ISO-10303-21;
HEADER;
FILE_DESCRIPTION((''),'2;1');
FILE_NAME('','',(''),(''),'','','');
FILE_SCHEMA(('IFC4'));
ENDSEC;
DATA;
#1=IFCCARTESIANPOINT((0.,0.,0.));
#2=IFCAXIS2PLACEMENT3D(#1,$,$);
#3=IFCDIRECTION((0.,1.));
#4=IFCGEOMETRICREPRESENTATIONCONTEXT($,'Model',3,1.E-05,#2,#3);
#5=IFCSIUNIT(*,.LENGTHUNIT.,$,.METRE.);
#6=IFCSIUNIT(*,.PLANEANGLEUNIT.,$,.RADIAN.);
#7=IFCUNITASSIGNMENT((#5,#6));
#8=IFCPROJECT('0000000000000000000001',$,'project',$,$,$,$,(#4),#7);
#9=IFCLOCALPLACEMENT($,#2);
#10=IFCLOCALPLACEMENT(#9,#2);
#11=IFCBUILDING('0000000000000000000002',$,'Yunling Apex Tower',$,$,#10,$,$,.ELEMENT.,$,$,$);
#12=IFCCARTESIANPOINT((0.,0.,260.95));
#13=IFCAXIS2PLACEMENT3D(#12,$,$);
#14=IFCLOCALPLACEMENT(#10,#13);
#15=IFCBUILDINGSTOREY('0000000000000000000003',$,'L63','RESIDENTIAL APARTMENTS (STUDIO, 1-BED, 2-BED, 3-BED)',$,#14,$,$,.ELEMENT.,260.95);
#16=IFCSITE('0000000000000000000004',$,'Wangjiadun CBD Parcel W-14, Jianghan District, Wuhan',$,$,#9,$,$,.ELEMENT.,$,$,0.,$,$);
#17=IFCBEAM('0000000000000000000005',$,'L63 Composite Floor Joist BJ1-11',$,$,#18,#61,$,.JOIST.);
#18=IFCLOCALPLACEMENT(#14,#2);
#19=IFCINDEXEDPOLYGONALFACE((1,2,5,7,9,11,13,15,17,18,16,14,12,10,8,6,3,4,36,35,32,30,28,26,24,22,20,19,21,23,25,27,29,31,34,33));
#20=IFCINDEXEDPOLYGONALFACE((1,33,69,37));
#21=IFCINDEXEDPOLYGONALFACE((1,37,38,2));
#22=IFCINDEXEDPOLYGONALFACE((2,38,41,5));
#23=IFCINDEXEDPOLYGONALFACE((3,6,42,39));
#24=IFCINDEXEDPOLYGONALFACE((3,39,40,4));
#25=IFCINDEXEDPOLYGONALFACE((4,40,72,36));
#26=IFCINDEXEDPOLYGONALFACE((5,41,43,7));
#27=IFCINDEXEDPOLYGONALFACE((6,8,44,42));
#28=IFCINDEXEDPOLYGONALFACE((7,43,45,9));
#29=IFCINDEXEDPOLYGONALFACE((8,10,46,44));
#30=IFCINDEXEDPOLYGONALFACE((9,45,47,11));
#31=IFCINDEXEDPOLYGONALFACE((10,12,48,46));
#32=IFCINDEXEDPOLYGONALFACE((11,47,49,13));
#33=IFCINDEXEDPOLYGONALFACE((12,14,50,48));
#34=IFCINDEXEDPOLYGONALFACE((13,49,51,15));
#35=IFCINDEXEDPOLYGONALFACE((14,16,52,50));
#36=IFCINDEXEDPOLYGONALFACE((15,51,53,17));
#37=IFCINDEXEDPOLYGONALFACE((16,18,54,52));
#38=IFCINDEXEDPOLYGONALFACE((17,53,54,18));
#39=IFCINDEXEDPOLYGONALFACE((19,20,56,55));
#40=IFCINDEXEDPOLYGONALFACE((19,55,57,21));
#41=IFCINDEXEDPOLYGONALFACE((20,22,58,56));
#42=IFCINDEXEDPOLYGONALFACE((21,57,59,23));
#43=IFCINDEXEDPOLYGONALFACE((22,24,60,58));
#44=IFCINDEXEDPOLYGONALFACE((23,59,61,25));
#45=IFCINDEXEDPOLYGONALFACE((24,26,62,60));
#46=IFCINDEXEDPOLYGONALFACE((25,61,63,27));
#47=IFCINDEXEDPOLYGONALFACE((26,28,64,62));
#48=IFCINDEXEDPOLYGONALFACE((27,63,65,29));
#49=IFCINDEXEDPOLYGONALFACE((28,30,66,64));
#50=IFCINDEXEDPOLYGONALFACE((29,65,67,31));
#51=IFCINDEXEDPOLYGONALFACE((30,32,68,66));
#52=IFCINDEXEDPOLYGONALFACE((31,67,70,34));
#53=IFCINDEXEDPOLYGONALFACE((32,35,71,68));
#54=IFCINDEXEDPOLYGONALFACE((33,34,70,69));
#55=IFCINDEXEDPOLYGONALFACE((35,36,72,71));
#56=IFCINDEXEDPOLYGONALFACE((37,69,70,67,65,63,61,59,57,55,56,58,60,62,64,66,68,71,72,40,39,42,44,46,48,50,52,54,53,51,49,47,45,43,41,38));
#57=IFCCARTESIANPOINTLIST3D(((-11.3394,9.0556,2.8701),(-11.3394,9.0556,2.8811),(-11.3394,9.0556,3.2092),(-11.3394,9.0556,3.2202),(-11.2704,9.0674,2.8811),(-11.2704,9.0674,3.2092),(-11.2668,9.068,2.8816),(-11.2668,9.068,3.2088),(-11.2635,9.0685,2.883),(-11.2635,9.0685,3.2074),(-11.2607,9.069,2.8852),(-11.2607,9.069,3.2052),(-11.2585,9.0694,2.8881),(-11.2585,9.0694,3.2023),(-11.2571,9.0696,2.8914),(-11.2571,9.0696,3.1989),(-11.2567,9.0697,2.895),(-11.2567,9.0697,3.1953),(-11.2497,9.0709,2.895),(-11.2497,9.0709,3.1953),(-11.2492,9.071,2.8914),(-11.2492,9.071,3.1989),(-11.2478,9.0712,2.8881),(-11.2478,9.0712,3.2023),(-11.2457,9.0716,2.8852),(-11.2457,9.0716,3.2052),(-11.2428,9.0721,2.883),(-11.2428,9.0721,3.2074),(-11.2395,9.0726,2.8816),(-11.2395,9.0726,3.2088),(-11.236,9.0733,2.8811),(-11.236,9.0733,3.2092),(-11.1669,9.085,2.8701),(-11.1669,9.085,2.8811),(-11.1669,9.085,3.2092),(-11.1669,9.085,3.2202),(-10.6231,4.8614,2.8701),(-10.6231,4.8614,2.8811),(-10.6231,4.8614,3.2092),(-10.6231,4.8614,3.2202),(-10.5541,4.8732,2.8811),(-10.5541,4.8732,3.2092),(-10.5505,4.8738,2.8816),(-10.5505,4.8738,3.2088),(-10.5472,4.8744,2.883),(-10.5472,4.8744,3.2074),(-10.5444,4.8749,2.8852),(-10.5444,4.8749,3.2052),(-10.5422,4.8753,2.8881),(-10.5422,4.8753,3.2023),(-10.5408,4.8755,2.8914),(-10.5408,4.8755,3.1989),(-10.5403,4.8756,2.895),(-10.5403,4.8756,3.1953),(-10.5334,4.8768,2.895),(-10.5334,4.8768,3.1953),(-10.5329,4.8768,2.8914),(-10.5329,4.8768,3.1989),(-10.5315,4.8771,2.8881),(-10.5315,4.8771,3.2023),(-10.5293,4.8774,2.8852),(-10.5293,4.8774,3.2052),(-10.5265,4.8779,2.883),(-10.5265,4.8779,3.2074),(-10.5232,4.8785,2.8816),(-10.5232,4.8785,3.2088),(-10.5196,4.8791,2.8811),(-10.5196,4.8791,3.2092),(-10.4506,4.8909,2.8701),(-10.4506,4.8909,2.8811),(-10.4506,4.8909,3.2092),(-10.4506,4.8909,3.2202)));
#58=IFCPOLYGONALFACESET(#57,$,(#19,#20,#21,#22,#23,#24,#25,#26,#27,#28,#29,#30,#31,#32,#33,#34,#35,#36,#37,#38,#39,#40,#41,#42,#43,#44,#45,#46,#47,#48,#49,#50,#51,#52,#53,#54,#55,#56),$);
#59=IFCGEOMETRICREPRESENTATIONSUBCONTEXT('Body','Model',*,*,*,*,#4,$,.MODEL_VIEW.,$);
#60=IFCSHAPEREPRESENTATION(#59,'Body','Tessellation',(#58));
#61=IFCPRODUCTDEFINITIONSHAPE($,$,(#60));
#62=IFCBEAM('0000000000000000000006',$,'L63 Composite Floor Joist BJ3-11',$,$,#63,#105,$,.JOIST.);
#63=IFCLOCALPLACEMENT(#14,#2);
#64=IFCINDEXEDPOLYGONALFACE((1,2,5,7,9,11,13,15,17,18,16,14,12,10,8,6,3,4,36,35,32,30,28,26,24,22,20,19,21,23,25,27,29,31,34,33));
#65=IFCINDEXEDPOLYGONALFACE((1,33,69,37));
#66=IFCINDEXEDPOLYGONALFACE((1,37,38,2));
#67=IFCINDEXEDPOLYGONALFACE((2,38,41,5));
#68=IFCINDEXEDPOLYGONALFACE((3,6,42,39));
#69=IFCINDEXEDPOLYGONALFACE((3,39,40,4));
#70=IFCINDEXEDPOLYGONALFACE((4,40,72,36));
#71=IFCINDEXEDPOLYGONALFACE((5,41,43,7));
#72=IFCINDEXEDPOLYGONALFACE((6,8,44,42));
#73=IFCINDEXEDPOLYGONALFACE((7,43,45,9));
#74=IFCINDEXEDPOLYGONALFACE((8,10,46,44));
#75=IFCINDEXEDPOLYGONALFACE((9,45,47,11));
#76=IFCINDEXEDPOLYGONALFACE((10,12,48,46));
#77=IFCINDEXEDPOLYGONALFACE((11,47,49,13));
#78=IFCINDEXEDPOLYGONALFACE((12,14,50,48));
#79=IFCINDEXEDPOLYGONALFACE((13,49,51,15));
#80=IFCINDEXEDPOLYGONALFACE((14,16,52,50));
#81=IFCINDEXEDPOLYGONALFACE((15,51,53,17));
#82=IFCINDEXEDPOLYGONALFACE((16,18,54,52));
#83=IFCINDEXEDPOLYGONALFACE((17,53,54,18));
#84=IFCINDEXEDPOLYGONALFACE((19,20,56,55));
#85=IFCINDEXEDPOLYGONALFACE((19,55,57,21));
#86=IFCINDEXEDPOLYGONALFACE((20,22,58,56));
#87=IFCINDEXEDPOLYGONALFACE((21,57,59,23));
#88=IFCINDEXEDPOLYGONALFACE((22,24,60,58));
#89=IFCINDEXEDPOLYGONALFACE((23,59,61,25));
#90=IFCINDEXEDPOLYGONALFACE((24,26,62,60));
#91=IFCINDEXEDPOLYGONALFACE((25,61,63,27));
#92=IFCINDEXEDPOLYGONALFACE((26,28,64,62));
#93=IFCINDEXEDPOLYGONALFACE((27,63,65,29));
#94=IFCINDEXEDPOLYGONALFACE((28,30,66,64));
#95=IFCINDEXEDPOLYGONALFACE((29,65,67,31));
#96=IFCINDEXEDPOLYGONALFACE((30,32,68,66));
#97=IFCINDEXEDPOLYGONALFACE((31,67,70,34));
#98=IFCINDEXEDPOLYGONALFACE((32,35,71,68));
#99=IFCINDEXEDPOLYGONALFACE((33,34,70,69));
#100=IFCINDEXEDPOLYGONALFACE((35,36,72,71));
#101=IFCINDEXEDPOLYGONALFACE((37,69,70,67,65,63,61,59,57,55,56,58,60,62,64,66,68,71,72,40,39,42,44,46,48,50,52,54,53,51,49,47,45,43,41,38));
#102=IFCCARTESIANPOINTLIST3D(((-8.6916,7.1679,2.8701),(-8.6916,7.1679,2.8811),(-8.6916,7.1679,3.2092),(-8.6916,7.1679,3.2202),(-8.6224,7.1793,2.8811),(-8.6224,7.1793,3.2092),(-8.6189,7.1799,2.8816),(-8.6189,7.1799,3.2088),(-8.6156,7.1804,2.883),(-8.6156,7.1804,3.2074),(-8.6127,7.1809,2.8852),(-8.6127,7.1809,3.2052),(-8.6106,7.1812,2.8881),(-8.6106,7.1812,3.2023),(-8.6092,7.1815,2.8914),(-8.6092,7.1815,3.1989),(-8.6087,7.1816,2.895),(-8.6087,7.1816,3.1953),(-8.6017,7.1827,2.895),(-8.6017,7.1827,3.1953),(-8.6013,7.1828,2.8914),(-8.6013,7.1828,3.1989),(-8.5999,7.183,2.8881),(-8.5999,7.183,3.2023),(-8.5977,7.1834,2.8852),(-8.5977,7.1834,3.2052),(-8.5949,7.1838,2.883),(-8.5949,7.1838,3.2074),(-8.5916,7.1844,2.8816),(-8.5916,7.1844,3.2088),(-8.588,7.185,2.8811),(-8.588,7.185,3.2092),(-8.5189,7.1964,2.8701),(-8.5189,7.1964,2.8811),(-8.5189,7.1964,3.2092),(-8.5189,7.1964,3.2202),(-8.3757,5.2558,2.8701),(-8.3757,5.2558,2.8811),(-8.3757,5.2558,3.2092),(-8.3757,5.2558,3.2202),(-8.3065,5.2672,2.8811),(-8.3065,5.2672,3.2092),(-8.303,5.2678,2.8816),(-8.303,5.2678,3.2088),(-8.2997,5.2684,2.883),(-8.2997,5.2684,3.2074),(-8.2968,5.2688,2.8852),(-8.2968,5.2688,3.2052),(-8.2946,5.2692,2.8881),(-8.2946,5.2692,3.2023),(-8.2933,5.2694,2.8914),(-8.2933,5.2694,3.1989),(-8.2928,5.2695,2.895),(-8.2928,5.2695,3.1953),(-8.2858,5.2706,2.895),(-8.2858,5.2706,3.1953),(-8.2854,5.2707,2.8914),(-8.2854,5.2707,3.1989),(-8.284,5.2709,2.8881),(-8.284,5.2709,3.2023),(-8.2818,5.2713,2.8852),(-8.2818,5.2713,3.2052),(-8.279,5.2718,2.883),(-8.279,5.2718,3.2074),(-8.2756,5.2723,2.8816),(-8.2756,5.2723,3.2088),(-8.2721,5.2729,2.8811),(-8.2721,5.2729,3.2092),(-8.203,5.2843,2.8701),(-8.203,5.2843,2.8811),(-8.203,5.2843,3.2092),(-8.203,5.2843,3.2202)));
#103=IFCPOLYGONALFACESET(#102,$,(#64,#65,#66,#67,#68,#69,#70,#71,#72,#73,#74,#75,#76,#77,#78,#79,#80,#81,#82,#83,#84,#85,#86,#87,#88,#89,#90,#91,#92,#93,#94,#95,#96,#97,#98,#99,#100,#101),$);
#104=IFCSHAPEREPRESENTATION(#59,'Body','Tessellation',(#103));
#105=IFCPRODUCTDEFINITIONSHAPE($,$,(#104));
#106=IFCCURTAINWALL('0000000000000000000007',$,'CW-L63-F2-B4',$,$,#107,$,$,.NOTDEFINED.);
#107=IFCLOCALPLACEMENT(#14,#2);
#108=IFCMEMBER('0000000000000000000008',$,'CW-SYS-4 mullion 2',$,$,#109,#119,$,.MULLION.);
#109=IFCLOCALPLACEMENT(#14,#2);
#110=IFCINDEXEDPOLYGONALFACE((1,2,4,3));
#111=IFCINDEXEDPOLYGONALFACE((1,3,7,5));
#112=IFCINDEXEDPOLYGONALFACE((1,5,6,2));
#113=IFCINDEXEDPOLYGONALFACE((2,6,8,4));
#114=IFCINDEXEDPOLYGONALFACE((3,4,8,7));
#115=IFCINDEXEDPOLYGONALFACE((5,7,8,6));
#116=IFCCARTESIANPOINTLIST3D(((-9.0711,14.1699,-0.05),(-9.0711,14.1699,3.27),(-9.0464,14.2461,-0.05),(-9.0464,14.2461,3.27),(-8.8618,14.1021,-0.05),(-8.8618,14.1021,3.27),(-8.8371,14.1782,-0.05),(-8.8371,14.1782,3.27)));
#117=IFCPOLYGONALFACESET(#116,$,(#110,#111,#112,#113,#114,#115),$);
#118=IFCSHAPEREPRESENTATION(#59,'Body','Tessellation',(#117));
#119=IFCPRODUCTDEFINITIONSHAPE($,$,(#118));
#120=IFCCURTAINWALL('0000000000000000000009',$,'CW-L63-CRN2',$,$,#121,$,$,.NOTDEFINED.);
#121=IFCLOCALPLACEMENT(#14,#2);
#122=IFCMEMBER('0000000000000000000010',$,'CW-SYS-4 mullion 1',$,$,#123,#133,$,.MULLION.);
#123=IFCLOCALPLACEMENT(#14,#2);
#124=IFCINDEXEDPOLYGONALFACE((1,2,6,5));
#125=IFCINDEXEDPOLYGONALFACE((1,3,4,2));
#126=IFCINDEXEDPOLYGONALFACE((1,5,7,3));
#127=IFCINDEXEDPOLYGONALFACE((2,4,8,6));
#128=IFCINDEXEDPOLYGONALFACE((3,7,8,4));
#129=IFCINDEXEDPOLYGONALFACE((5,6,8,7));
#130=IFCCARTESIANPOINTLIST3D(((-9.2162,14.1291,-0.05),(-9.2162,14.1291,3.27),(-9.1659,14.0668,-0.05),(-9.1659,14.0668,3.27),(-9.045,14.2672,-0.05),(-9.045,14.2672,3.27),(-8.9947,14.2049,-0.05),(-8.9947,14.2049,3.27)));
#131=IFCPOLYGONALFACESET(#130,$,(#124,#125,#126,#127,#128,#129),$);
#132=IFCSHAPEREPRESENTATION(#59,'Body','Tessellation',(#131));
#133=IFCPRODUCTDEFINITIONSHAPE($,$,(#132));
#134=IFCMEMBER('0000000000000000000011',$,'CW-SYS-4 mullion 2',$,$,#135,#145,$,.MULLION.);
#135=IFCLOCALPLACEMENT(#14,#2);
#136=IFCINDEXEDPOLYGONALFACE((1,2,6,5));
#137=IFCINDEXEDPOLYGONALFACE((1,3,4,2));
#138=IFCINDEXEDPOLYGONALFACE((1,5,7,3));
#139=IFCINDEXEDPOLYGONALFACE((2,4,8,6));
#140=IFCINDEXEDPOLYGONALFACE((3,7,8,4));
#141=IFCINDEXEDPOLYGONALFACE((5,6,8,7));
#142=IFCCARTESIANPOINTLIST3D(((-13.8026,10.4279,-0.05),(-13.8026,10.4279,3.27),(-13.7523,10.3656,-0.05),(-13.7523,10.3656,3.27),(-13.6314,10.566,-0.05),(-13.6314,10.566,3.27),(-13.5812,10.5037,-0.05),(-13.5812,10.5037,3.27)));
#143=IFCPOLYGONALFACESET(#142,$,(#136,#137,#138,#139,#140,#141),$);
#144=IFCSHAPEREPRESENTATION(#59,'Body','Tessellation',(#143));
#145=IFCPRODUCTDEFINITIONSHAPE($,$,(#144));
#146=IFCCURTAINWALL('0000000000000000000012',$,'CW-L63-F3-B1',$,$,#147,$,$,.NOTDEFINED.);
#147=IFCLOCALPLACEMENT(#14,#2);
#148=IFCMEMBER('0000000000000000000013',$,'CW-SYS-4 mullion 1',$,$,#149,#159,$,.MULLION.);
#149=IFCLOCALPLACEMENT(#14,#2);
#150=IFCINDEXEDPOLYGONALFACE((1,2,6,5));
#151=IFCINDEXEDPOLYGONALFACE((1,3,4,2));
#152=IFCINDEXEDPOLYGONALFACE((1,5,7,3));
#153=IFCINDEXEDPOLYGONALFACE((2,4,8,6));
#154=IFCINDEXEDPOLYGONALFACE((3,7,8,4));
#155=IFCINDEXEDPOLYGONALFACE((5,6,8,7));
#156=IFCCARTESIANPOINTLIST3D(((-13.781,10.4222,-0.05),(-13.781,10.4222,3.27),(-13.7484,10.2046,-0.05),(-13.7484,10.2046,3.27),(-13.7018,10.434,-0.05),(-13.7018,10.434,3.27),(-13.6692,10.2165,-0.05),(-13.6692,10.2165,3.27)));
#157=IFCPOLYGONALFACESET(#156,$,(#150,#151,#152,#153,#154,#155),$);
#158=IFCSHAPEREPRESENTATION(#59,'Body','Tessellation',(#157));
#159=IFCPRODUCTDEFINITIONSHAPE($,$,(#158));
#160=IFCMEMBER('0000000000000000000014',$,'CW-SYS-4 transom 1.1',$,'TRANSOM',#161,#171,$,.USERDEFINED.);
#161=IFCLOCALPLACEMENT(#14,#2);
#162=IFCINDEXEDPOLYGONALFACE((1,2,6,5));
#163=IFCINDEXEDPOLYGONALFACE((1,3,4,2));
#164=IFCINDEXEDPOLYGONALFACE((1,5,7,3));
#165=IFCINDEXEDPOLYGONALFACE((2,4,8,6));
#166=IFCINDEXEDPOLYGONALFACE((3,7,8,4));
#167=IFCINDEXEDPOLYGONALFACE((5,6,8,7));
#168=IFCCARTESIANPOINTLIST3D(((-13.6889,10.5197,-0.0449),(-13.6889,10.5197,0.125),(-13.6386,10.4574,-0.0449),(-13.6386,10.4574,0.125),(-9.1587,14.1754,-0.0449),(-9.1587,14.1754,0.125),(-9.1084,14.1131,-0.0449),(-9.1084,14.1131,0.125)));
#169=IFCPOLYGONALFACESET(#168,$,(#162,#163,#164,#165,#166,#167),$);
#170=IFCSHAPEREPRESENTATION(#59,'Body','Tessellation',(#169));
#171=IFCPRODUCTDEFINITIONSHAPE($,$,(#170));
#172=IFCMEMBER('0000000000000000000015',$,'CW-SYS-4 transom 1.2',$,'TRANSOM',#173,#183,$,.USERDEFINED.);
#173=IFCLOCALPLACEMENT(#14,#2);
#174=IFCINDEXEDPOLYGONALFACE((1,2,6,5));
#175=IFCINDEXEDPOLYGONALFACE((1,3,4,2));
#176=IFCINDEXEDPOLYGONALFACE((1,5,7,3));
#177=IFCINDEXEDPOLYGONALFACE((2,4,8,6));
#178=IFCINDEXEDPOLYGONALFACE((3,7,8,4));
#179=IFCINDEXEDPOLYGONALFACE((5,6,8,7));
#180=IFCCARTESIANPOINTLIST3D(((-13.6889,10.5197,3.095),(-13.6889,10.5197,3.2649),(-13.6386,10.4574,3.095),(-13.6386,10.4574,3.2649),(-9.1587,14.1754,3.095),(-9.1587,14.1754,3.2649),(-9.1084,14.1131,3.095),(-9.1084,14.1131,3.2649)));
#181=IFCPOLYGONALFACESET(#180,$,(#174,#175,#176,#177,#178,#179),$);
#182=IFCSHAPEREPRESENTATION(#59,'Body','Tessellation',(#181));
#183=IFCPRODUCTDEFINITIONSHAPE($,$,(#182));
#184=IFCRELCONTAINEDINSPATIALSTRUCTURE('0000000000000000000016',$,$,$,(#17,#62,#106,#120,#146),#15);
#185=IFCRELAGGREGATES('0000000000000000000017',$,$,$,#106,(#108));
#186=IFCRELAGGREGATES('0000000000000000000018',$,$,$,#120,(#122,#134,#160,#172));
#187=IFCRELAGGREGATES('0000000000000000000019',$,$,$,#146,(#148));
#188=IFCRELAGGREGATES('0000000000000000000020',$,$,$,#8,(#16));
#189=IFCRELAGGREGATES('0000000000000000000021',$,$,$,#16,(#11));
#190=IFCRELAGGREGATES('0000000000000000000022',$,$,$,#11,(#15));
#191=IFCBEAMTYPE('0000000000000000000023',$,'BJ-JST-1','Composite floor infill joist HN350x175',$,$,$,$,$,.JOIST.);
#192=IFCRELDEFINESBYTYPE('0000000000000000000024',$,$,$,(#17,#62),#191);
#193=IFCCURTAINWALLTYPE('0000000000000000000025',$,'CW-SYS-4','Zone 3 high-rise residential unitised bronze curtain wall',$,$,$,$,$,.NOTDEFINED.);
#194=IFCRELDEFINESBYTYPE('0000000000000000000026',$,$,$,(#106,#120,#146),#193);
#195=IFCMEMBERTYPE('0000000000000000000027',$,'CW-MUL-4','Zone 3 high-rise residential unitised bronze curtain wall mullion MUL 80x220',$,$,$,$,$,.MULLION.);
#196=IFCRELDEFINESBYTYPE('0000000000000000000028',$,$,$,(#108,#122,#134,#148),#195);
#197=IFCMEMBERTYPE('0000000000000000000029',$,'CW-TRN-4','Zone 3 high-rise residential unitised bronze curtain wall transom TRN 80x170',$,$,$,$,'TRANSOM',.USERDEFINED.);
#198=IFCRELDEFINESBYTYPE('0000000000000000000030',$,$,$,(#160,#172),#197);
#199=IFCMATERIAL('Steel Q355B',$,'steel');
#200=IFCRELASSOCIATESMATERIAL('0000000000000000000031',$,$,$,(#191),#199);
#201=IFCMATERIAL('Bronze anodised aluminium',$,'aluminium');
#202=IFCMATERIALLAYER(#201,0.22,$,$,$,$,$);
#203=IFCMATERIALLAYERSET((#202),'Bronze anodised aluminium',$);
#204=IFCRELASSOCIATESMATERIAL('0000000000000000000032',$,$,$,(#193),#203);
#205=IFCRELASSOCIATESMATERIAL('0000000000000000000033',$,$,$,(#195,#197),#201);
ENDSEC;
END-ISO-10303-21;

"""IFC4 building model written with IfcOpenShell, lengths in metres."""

from ifc_helpers import new_model, si_unit, direction, frame, origin, origin_2d, place, context, subcontext, project, spatial, rectangle, i_section, extrude, source, transform, mapped, material, layer, layer_set, material_profile, profile_set, type_object, element, aggregate, save


model = new_model("IFC4")

# Units and contexts
model_context = context("Model", 3, precision=1e-05, world=origin(), true_north=direction((0.0, 1.0)))
body_context = subcontext(model_context, "Body", "Model", "MODEL_VIEW")
ifc_project = project(units=[si_unit("LENGTHUNIT", "METRE"), si_unit("PLANEANGLEUNIT", "RADIAN")], contexts=[model_context])

# Site, building, storey
site_placement = place(None, origin())
site = spatial("IfcSite", under=ifc_project, at=site_placement, Name="Wangjiadun CBD Parcel W-14, Jianghan District, Wuhan", CompositionType="ELEMENT", RefElevation=0.0)
building_placement = place(site_placement, origin())
building = spatial("IfcBuilding", under=site, at=building_placement, Name="Yunling Apex Tower", CompositionType="ELEMENT")
storey_placement = place(building_placement, frame((0.0, 0.0, 260.95)))
storey = spatial("IfcBuildingStorey", under=building, at=storey_placement, Name="L63", Description="RESIDENTIAL APARTMENTS (STUDIO, 1-BED, 2-BED, 3-BED)", CompositionType="ELEMENT", Elevation=260.95)

# Shared definitions
ifc_material_1 = material(Name="Steel Q355B", Category="steel")

# Beams
ifc_material_profile_1 = material_profile(ifc_material_1, i_section(OverallWidth=0.175, OverallDepth=0.3501, WebThickness=0.0071, FlangeThickness=0.011, FilletRadius=0.0139, at=origin_2d()))
ifc_profile_set_1 = profile_set([ifc_material_profile_1], Name="Steel Q355B")
beam_type_1 = type_object("IfcBeamType", Name="BJ-JST-1", Description="Composite floor infill joist HN350x175", PredefinedType="JOIST", material=ifc_profile_set_1)
shared_shape_1 = source(origin(), body_context, "Body", "SweptSolid", [
    extrude(i_section(OverallWidth=0.175, OverallDepth=0.3501, WebThickness=0.0071, FlangeThickness=0.011, FilletRadius=0.0139, at=origin_2d()), origin(), (0.0, 0.0, 1.0), 4.2549),
])
beam_1_placement = place(storey_placement, frame((-11.2532, 9.0703, 3.0452), z_axis=(0.168352, -0.985727, 0.0), x_axis=(0.985727, 0.168352, 0.0)))
element("IfcBeam", 1, at=beam_1_placement, inside=storey, type_object=beam_type_1, Name="L63 Composite Floor Joist BJ1-11", PredefinedType="JOIST", context=body_context, shape_type="MappedRepresentation", body=[
    mapped(shared_shape_1, transform((0.0, 0.0, 0.0), scale=1.0)),
])
shared_shape_2 = source(origin(), body_context, "Body", "SweptSolid", [
    extrude(i_section(OverallWidth=0.175, OverallDepth=0.3501, WebThickness=0.0071, FlangeThickness=0.011, FilletRadius=0.0139, at=origin_2d()), origin(), (0.0, 0.0, 1.0), 1.938),
])
beam_2_placement = place(storey_placement, frame((-8.6052, 7.1821, 3.0452), z_axis=(0.16301, -0.986624, 0.0), x_axis=(0.986624, 0.16301, 0.0)))
element("IfcBeam", 2, at=beam_2_placement, inside=storey, type_object=beam_type_1, Name="L63 Composite Floor Joist BJ3-11", PredefinedType="JOIST", context=body_context, shape_type="MappedRepresentation", body=[
    mapped(shared_shape_2, transform((0.0, 0.0, 0.0), scale=1.0)),
])

# Curtain wall, member
ifc_material_2 = material(Name="Bronze anodised aluminium", Category="aluminium")
ifc_layer_1 = layer(ifc_material_2, 0.22)
ifc_layer_set_1 = layer_set([ifc_layer_1], Name="Bronze anodised aluminium")
curtain_wall_type = type_object("IfcCurtainWallType", Name="CW-SYS-4", Description="Zone 3 high-rise residential unitised bronze curtain wall", PredefinedType="NOTDEFINED", material=ifc_layer_set_1)
curtain_wall_1_placement = place(storey_placement, origin())
curtain_wall_1 = element("IfcCurtainWall", 3, at=curtain_wall_1_placement, inside=storey, type_object=curtain_wall_type, Name="CW-L63-F2-B4", PredefinedType="NOTDEFINED")
ifc_material_profile_2 = material_profile(ifc_material_2, rectangle(XDim=0.0801, YDim=0.22, at=origin_2d()))
ifc_profile_set_2 = profile_set([ifc_material_profile_2], Name="Bronze anodised aluminium")
member_type_1 = type_object("IfcMemberType", Name="CW-MUL-4", Description="Zone 3 high-rise residential unitised bronze curtain wall mullion MUL 80x220", PredefinedType="MULLION", material=ifc_profile_set_2)
shared_shape_3 = source(origin(), body_context, "Body", "SweptSolid", [
    extrude(rectangle(XDim=0.0801, YDim=0.22, at=origin_2d()), origin(), (0.0, 0.0, 1.0), 3.3201),
])
member_1_placement = place(storey_placement, frame((-8.9541, 14.1741, -0.05), z_axis=(0.0, 0.0, 1.0), x_axis=(-0.308353, -0.951272, 0.0)))
member_1 = element("IfcMember", 4, at=member_1_placement, type_object=member_type_1, Name="CW-SYS-4 mullion 2", PredefinedType="MULLION", context=body_context, shape_type="MappedRepresentation", body=[
    mapped(shared_shape_3, transform((0.0, 0.0, 0.0), scale=1.0)),
])

# Curtain wall, members
curtain_wall_2_placement = place(storey_placement, origin())
curtain_wall_2 = element("IfcCurtainWall", 5, at=curtain_wall_2_placement, inside=storey, type_object=curtain_wall_type, Name="CW-L63-CRN2", PredefinedType="NOTDEFINED")
member_2_placement = place(storey_placement, frame((-9.1055, 14.167, -0.05), z_axis=(0.0, 0.0, 1.0), x_axis=(0.627989, -0.778222, 0.0)))
member_2 = element("IfcMember", 6, at=member_2_placement, type_object=member_type_1, Name="CW-SYS-4 mullion 1", PredefinedType="MULLION", context=body_context, shape_type="MappedRepresentation", body=[
    mapped(shared_shape_3, transform((0.0, 0.0, 0.0), scale=1.0)),
])
member_3_placement = place(storey_placement, frame((-13.6919, 10.4658, -0.05), z_axis=(0.0, 0.0, 1.0), x_axis=(0.627989, -0.778222, 0.0)))
member_3 = element("IfcMember", 7, at=member_3_placement, type_object=member_type_1, Name="CW-SYS-4 mullion 2", PredefinedType="MULLION", context=body_context, shape_type="MappedRepresentation", body=[
    mapped(shared_shape_3, transform((0.0, 0.0, 0.0), scale=1.0)),
])

# Curtain wall, member
curtain_wall_3_placement = place(storey_placement, origin())
curtain_wall_3 = element("IfcCurtainWall", 8, at=curtain_wall_3_placement, inside=storey, type_object=curtain_wall_type, Name="CW-L63-F3-B1", PredefinedType="NOTDEFINED")
member_4_placement = place(storey_placement, frame((-13.7251, 10.3193, -0.05), z_axis=(0.0, 0.0, 1.0), x_axis=(0.989016, 0.147807, 0.0)))
member_4 = element("IfcMember", 9, at=member_4_placement, type_object=member_type_1, Name="CW-SYS-4 mullion 1", PredefinedType="MULLION", context=body_context, shape_type="MappedRepresentation", body=[
    mapped(shared_shape_3, transform((0.0, 0.0, 0.0), scale=1.0)),
])

# Members
ifc_material_profile_3 = material_profile(ifc_material_2, rectangle(XDim=0.0801, YDim=0.1699, at=origin_2d()))
ifc_profile_set_3 = profile_set([ifc_material_profile_3], Name="Bronze anodised aluminium")
member_type_2 = type_object("IfcMemberType", Name="CW-TRN-4", Description="Zone 3 high-rise residential unitised bronze curtain wall transom TRN 80x170", ElementType="TRANSOM", PredefinedType="USERDEFINED", material=ifc_profile_set_3)
shared_shape_4 = source(origin(), body_context, "Body", "SweptSolid", [
    extrude(rectangle(XDim=0.0801, YDim=0.1699, at=origin_2d()), origin(), (0.0, 0.0, 1.0), 5.8213),
])
member_5_placement = place(storey_placement, frame((-9.1335, 14.1443, 0.04), z_axis=(-0.778219, -0.627993, 0.0), x_axis=(0.627993, -0.778219, 0.0)))
member_5 = element("IfcMember", 10, at=member_5_placement, type_object=member_type_2, Name="CW-SYS-4 transom 1.1", ObjectType="TRANSOM", PredefinedType="USERDEFINED", context=body_context, shape_type="MappedRepresentation", body=[
    mapped(shared_shape_4, transform((0.0, 0.0, 0.0), scale=1.0)),
])
member_6_placement = place(storey_placement, frame((-9.1335, 14.1443, 3.1799), z_axis=(-0.778219, -0.627993, 0.0), x_axis=(0.627993, -0.778219, 0.0)))
member_6 = element("IfcMember", 11, at=member_6_placement, type_object=member_type_2, Name="CW-SYS-4 transom 1.2", ObjectType="TRANSOM", PredefinedType="USERDEFINED", context=body_context, shape_type="MappedRepresentation", body=[
    mapped(shared_shape_4, transform((0.0, 0.0, 0.0), scale=1.0)),
])

aggregate(curtain_wall_1, [member_1])
aggregate(curtain_wall_2, [member_2, member_3, member_5, member_6])
aggregate(curtain_wall_3, [member_4])

save(model, "model.ifc")
